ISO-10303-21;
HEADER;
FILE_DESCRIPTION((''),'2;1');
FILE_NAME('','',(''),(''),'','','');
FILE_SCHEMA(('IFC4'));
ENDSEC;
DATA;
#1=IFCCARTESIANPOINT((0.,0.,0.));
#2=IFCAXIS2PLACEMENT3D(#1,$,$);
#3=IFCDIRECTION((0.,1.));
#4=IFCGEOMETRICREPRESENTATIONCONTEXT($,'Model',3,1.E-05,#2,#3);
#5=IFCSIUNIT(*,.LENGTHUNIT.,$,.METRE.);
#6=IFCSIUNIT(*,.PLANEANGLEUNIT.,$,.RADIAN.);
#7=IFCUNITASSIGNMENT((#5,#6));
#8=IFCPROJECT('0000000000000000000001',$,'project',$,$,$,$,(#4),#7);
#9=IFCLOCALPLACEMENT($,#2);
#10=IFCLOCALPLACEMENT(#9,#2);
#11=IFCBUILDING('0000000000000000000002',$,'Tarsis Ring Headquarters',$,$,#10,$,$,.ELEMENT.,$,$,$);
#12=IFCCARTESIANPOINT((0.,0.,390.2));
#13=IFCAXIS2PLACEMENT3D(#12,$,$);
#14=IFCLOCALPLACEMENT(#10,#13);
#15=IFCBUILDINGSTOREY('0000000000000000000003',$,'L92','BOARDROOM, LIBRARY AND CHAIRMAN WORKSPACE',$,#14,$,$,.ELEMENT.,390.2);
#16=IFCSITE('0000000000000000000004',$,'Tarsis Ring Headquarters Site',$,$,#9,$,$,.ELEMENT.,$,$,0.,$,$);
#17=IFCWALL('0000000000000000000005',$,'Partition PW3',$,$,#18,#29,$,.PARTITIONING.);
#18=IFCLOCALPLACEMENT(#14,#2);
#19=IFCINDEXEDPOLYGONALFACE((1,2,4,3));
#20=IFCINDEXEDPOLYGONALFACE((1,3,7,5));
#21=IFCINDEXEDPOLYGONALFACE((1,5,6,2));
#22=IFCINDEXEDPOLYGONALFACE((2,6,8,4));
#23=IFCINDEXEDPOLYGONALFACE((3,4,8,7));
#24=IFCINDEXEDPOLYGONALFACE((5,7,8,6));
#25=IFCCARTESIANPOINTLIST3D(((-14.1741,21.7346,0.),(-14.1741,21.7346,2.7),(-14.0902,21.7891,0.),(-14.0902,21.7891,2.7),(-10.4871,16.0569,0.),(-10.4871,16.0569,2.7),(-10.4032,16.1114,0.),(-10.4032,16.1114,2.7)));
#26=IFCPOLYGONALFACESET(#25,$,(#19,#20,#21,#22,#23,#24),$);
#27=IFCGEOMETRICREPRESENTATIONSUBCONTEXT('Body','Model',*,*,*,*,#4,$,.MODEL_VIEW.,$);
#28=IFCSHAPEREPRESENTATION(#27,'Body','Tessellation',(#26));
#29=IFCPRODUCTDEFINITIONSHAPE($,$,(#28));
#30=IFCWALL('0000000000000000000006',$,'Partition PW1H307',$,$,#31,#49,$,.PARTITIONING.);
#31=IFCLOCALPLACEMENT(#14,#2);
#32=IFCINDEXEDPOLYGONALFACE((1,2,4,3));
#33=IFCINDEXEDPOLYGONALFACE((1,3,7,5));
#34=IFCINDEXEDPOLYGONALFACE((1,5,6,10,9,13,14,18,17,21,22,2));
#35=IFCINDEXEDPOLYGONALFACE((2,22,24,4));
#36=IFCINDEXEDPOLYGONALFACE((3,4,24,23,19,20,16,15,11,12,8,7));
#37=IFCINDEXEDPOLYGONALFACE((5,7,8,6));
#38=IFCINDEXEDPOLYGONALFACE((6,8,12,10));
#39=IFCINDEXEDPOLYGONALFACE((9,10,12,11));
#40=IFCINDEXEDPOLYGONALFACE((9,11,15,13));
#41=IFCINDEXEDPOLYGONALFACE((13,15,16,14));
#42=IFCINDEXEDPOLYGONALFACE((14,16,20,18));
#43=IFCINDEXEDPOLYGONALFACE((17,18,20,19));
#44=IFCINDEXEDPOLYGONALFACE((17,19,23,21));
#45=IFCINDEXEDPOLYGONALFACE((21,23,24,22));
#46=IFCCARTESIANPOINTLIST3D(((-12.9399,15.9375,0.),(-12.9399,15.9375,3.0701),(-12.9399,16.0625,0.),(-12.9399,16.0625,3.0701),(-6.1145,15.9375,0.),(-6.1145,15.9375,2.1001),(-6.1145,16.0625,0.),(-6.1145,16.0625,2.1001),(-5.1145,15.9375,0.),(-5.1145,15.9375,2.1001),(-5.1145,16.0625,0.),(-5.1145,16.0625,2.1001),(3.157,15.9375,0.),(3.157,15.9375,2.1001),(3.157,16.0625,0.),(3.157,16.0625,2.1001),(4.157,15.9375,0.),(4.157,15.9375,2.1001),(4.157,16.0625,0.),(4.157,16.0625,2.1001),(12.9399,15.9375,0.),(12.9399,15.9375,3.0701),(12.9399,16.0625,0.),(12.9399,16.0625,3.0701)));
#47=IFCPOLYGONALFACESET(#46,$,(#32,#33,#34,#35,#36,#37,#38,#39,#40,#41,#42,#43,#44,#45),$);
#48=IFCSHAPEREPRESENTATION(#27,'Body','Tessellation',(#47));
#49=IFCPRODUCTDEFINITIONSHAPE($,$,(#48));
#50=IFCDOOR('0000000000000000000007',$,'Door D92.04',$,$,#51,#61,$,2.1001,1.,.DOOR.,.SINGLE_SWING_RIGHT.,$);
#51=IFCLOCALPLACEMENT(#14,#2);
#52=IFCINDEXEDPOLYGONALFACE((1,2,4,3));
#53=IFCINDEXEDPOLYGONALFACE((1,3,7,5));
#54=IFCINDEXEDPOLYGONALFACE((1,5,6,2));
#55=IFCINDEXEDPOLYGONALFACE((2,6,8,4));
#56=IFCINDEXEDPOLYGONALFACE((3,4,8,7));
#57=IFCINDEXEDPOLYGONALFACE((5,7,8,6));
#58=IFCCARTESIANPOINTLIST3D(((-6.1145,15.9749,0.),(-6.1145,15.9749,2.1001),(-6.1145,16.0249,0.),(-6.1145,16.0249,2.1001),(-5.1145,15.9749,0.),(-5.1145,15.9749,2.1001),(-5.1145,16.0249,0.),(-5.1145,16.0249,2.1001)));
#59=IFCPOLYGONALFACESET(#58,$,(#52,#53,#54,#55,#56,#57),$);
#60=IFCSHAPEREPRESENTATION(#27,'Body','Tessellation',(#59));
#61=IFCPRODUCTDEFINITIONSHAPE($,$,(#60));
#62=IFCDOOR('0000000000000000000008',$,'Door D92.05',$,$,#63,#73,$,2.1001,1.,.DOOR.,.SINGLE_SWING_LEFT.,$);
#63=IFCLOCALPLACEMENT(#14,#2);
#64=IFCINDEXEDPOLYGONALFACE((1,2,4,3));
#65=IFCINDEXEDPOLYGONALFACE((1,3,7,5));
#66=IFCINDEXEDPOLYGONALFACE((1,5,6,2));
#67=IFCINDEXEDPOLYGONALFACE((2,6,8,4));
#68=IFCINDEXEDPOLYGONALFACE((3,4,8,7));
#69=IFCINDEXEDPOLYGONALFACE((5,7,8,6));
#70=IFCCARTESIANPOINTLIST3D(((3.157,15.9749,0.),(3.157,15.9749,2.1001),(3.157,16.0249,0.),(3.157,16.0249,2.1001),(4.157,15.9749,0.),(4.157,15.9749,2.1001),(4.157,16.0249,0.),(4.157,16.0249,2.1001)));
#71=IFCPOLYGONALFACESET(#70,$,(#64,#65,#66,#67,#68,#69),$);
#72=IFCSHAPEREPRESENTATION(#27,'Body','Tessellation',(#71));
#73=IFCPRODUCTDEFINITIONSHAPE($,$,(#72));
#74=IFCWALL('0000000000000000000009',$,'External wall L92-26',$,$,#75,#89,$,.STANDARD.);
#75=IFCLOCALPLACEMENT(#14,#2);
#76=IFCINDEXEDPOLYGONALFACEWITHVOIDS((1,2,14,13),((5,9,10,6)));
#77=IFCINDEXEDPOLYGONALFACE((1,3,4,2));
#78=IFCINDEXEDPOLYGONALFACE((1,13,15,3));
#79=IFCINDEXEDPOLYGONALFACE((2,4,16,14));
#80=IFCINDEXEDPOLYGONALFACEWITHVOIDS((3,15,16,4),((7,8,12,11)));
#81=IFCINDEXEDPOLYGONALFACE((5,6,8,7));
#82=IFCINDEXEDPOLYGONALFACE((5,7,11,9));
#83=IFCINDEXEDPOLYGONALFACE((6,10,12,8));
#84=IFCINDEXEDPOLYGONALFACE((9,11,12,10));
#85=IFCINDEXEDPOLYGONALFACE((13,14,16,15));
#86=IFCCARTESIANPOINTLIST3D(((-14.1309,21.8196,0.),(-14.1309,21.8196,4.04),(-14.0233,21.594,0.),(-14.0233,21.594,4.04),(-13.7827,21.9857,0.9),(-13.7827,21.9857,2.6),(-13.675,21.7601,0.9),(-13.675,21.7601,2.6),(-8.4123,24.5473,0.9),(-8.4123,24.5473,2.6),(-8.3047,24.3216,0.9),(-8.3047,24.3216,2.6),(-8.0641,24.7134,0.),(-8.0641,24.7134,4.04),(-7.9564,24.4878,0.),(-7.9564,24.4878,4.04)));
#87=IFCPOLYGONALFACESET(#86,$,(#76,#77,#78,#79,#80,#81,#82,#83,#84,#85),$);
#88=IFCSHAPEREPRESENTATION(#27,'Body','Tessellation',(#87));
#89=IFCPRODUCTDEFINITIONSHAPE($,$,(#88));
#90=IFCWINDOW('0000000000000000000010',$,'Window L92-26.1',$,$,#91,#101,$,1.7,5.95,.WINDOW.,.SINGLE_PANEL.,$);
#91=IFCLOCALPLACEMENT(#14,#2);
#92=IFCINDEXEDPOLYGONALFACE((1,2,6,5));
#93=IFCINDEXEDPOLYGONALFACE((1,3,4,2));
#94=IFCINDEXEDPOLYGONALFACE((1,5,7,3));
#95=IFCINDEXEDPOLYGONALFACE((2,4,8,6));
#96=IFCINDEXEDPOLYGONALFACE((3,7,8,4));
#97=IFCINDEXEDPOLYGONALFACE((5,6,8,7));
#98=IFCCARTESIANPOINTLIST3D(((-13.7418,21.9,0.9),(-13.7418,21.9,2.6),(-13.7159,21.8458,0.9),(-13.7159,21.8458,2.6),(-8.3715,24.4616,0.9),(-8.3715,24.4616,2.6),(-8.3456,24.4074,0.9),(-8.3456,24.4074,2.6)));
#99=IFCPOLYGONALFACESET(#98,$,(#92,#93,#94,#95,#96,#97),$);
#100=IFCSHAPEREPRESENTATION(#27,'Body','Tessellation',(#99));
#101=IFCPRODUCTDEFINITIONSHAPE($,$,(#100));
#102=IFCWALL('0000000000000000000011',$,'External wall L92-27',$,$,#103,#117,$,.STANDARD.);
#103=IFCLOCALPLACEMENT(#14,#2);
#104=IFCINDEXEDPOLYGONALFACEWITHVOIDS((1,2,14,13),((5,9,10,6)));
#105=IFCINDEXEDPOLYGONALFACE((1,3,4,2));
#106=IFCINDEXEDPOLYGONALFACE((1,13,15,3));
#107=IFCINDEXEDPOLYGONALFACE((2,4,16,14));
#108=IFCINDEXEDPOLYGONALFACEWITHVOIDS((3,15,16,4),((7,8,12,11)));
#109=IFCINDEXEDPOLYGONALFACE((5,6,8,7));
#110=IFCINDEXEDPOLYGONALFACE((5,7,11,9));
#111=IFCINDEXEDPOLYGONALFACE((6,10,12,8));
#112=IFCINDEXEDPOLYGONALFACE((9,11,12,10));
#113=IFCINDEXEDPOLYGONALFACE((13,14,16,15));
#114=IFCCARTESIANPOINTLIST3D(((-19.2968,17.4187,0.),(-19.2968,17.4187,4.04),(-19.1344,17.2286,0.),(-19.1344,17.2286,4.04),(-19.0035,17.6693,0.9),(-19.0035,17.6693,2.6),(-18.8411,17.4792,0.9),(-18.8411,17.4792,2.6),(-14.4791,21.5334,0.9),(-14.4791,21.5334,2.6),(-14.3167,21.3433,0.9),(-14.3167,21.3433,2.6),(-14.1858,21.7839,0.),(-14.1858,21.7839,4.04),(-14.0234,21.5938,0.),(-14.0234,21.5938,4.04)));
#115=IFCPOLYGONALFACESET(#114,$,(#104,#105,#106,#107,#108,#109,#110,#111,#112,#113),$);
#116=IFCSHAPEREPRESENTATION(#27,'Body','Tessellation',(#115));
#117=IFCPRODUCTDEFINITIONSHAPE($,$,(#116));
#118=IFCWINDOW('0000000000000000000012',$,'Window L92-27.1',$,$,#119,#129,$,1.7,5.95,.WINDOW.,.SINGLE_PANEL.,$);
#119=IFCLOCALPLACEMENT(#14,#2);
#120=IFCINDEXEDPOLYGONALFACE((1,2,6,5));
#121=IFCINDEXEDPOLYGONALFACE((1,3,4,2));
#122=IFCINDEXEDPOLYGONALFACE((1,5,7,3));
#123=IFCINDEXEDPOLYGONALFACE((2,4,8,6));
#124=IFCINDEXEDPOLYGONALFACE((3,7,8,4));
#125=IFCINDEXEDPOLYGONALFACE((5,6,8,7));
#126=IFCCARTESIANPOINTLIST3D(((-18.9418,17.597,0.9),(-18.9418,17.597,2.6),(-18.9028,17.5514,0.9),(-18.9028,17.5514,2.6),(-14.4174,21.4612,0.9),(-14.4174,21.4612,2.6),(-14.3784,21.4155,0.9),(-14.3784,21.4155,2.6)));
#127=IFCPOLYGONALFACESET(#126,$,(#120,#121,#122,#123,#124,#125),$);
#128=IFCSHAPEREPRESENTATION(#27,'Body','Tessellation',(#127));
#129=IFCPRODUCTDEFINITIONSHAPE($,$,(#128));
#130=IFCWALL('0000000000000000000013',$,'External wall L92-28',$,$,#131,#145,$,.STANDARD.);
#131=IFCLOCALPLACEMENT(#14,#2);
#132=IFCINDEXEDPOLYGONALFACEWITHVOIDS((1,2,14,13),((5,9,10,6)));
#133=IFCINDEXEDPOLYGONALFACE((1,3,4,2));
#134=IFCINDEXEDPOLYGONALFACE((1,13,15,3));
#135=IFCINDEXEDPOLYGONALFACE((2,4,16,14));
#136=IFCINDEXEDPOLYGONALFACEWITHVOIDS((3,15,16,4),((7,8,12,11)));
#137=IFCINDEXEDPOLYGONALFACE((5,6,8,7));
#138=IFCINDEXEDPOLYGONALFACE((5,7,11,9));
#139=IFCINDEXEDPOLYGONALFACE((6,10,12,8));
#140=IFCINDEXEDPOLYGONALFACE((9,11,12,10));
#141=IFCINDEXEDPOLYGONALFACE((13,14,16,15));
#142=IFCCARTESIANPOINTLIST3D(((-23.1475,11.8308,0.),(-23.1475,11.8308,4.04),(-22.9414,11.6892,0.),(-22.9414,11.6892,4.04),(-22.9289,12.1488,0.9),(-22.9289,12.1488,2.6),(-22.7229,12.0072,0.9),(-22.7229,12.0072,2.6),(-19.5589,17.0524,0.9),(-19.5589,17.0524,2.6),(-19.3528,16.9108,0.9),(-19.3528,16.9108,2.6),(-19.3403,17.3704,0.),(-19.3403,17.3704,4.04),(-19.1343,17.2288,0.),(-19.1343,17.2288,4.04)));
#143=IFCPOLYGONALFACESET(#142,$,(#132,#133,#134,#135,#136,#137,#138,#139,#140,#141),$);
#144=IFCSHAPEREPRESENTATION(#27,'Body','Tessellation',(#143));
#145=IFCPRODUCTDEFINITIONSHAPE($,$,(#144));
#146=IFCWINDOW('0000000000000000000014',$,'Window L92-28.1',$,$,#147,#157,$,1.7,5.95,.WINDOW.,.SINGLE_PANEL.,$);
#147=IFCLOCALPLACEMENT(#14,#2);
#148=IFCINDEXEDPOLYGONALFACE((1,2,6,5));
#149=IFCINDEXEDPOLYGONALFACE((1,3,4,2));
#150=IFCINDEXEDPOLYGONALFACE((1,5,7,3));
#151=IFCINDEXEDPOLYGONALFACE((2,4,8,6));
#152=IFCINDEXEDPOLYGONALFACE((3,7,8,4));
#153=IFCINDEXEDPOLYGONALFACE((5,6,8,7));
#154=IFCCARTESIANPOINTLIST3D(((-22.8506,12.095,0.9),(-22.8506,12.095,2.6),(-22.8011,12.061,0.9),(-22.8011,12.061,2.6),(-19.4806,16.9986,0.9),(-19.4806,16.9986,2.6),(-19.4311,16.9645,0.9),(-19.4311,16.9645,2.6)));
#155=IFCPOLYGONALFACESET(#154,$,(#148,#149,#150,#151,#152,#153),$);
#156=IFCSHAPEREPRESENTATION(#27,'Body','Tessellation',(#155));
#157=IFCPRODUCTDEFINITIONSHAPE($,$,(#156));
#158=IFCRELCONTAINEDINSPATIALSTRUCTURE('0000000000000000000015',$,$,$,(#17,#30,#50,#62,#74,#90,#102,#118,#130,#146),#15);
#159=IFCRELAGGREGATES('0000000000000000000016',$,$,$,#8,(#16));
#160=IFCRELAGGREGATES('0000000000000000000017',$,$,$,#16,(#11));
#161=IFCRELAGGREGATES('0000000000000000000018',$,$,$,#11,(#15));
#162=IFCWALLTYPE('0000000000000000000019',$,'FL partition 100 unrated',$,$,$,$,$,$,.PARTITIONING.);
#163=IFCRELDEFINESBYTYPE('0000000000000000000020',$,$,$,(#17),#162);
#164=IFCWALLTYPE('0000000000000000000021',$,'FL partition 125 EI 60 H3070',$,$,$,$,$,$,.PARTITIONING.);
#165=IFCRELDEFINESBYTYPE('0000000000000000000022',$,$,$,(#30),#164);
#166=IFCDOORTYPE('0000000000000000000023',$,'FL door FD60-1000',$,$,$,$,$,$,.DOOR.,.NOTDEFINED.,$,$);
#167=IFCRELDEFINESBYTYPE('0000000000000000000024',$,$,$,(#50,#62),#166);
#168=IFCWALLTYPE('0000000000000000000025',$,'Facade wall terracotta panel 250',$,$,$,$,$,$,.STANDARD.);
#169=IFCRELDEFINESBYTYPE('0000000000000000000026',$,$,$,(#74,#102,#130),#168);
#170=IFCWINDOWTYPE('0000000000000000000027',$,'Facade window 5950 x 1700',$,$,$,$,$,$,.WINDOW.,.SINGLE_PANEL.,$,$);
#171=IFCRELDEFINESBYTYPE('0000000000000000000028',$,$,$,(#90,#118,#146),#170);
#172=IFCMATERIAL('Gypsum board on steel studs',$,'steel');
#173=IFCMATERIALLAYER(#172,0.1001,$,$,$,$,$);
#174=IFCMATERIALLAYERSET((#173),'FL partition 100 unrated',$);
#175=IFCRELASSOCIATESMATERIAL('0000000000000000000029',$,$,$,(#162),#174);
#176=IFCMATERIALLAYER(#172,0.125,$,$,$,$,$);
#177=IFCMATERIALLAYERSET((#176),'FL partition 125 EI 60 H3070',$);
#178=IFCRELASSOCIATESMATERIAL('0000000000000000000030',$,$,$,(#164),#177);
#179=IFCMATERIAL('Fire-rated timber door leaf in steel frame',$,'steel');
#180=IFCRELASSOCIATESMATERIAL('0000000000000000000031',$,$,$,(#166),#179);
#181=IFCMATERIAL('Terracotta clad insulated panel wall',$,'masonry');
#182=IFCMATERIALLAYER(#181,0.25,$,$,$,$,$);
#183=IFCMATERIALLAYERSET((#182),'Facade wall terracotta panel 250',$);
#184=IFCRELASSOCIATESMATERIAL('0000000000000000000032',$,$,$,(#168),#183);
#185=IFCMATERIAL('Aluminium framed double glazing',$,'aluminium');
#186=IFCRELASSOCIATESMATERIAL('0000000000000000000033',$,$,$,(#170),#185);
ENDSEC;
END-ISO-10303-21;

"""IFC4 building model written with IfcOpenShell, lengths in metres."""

from ifc_helpers import new_model, si_unit, direction, frame, frame_2d, origin, place, context, subcontext, project, spatial, rectangle, extrude, material, layer, layer_set, type_object, element, fill, save


model = new_model("IFC4")

# Units and contexts
model_context = context("Model", 3, precision=1e-05, world=origin(), true_north=direction((0.0, 1.0)))
body_context = subcontext(model_context, "Body", "Model", "MODEL_VIEW")
ifc_project = project(units=[si_unit("LENGTHUNIT", "METRE"), si_unit("PLANEANGLEUNIT", "RADIAN")], contexts=[model_context])

# Site, building, storey
site_placement = place(None, origin())
site = spatial("IfcSite", under=ifc_project, at=site_placement, Name="Tarsis Ring Headquarters Site", CompositionType="ELEMENT", RefElevation=0.0)
building_placement = place(site_placement, origin())
building = spatial("IfcBuilding", under=site, at=building_placement, Name="Tarsis Ring Headquarters", CompositionType="ELEMENT")
storey_placement = place(building_placement, frame((0.0, 0.0, 390.2)))
storey = spatial("IfcBuildingStorey", under=building, at=storey_placement, Name="L92", Description="BOARDROOM, LIBRARY AND CHAIRMAN WORKSPACE", CompositionType="ELEMENT", Elevation=390.2)

# Wall
ifc_material_1 = material(Name="Gypsum board on steel studs", Category="steel")
ifc_layer_1 = layer(ifc_material_1, 0.1001)
ifc_layer_set_1 = layer_set([ifc_layer_1], Name="FL partition 100 unrated")
wall_type_1 = type_object("IfcWallType", Name="FL partition 100 unrated", PredefinedType="PARTITIONING", material=ifc_layer_set_1)
wall_1_placement = place(storey_placement, frame((-14.1321, 21.7617, 0.0), z_axis=(0.0, 0.0, 1.0), x_axis=(0.544623, -0.838681, 0.0)))
element("IfcWall", 1, at=wall_1_placement, inside=storey, type_object=wall_type_1, Name="Partition PW3", PredefinedType="PARTITIONING", context=body_context, shape_type="SweptSolid", body=[
    extrude(rectangle(XDim=6.7698, YDim=0.1001, at=frame_2d((3.3848, 0.0))), origin(), (0.0, 0.0, 1.0), 2.7),
])

# Wall, openings, doors
ifc_layer_2 = layer(ifc_material_1, 0.125)
ifc_layer_set_2 = layer_set([ifc_layer_2], Name="FL partition 125 EI 60 H3070")
wall_type_2 = type_object("IfcWallType", Name="FL partition 125 EI 60 H3070", PredefinedType="PARTITIONING", material=ifc_layer_set_2)
wall_2_placement = place(storey_placement, frame((-12.9399, 16.0, 0.0), z_axis=(0.0, 0.0, 1.0), x_axis=(1.0, 0.0, 0.0)))
wall_2 = element("IfcWall", 2, at=wall_2_placement, inside=storey, type_object=wall_type_2, Name="Partition PW1H307", PredefinedType="PARTITIONING", context=body_context, shape_type="SweptSolid", body=[
    extrude(rectangle(XDim=25.8799, YDim=0.125, at=frame_2d((12.9399, 0.0))), origin(), (0.0, 0.0, 1.0), 3.0701),
])
opening_1_placement = place(wall_2_placement, frame((6.8254, 0.0, 0.0)))
opening_1 = element("IfcOpeningElement", 3, at=opening_1_placement, cuts=wall_2, PredefinedType="OPENING", context=body_context, shape_type="SweptSolid", body=[
    extrude(rectangle(XDim=1.0, YDim=2.1001, at=frame_2d((0.5, 1.05))), frame((0.0, 0.0725, 0.0), z_axis=(0.0, -1.0, 0.0), x_axis=(1.0, 0.0, 0.0)), (0.0, 0.0, 1.0), 0.145),
])
opening_2_placement = place(wall_2_placement, frame((16.0969, 0.0, 0.0)))
opening_2 = element("IfcOpeningElement", 4, at=opening_2_placement, cuts=wall_2, PredefinedType="OPENING", context=body_context, shape_type="SweptSolid", body=[
    extrude(rectangle(XDim=1.0, YDim=2.1001, at=frame_2d((0.5, 1.05))), frame((0.0, 0.0725, 0.0), z_axis=(0.0, -1.0, 0.0), x_axis=(1.0, 0.0, 0.0)), (0.0, 0.0, 1.0), 0.145),
])
ifc_material_2 = material(Name="Fire-rated timber door leaf in steel frame", Category="steel")
door_type = type_object("IfcDoorType", Name="FL door FD60-1000", OperationType="NOTDEFINED", PredefinedType="DOOR", material=ifc_material_2)
door_1_placement = place(opening_1_placement, origin())
door_1 = element("IfcDoor", 5, at=door_1_placement, inside=storey, type_object=door_type, Name="Door D92.04", OperationType="SINGLE_SWING_RIGHT", OverallHeight=2.1001, OverallWidth=1.0, PredefinedType="DOOR", context=body_context, shape_type="SweptSolid", body=[
    extrude(rectangle(XDim=1.0, YDim=2.1001, at=frame_2d((0.5, 1.05))), frame((0.0, 0.0249, 0.0), z_axis=(0.0, -1.0, 0.0), x_axis=(1.0, 0.0, 0.0)), (0.0, 0.0, 1.0), 0.05),
])
fill(opening_1, door_1)
door_2_placement = place(opening_2_placement, origin())
door_2 = element("IfcDoor", 6, at=door_2_placement, inside=storey, type_object=door_type, Name="Door D92.05", OperationType="SINGLE_SWING_LEFT", OverallHeight=2.1001, OverallWidth=1.0, PredefinedType="DOOR", context=body_context, shape_type="SweptSolid", body=[
    extrude(rectangle(XDim=1.0, YDim=2.1001, at=frame_2d((0.5, 1.05))), frame((0.0, 0.0249, 0.0), z_axis=(0.0, -1.0, 0.0), x_axis=(1.0, 0.0, 0.0)), (0.0, 0.0, 1.0), 0.05),
])
fill(opening_2, door_2)

# Walls, openings, windows
ifc_material_3 = material(Name="Terracotta clad insulated panel wall", Category="masonry")
ifc_layer_3 = layer(ifc_material_3, 0.25)
ifc_layer_set_3 = layer_set([ifc_layer_3], Name="Facade wall terracotta panel 250")
wall_type_3 = type_object("IfcWallType", Name="Facade wall terracotta panel 250", PredefinedType="STANDARD", material=ifc_layer_set_3)
wall_3_placement = place(storey_placement, frame((-8.0103, 24.6006, 0.0), z_axis=(0.0, 0.0, 1.0), x_axis=(-0.902583, -0.430516, 0.0)))
wall_3 = element("IfcWall", 7, at=wall_3_placement, inside=storey, type_object=wall_type_3, Name="External wall L92-26", PredefinedType="STANDARD", context=body_context, shape_type="SweptSolid", body=[
    extrude(rectangle(XDim=6.7217, YDim=0.25, at=frame_2d((3.3608, 0.0))), origin(), (0.0, 0.0, 1.0), 4.04),
])
opening_3_placement = place(wall_3_placement, frame((0.3857, 0.0, 0.8999)))
opening_3 = element("IfcOpeningElement", 8, at=opening_3_placement, cuts=wall_3, PredefinedType="OPENING", context=body_context, shape_type="SweptSolid", body=[
    extrude(rectangle(XDim=5.95, YDim=1.7, at=frame_2d((2.9751, 0.8501))), frame((0.0, 0.135, 0.0), z_axis=(0.0, -1.0, 0.0), x_axis=(1.0, 0.0, 0.0)), (0.0, 0.0, 1.0), 0.27),
])
ifc_material_4 = material(Name="Aluminium framed double glazing", Category="aluminium")
window_type = type_object("IfcWindowType", Name="Facade window 5950 x 1700", PartitioningType="SINGLE_PANEL", PredefinedType="WINDOW", material=ifc_material_4)
window_1_placement = place(opening_3_placement, origin())
window_1 = element("IfcWindow", 9, at=window_1_placement, inside=storey, type_object=window_type, Name="Window L92-26.1", OverallHeight=1.7, OverallWidth=5.95, PartitioningType="SINGLE_PANEL", PredefinedType="WINDOW", context=body_context, shape_type="SweptSolid", body=[
    extrude(rectangle(XDim=5.95, YDim=1.7, at=frame_2d((2.9751, 0.8501))), frame((0.0, 0.03, 0.0), z_axis=(0.0, -1.0, 0.0), x_axis=(1.0, 0.0, 0.0)), (0.0, 0.0, 1.0), 0.0601),
])
fill(opening_3, window_1)
wall_4_placement = place(storey_placement, frame((-14.1045, 21.689, 0.0), z_axis=(0.0, 0.0, 1.0), x_axis=(-0.760409, -0.649444, 0.0)))
wall_4 = element("IfcWall", 10, at=wall_4_placement, inside=storey, type_object=wall_type_3, Name="External wall L92-27", PredefinedType="STANDARD", context=body_context, shape_type="SweptSolid", body=[
    extrude(rectangle(XDim=6.7214, YDim=0.25, at=frame_2d((3.3608, 0.0))), origin(), (0.0, 0.0, 1.0), 4.04),
])
opening_4_placement = place(wall_4_placement, frame((0.3857, 0.0, 0.8999)))
opening_4 = element("IfcOpeningElement", 11, at=opening_4_placement, cuts=wall_4, PredefinedType="OPENING", context=body_context, shape_type="SweptSolid", body=[
    extrude(rectangle(XDim=5.95, YDim=1.7, at=frame_2d((2.9751, 0.8501))), frame((0.0, 0.135, 0.0), z_axis=(0.0, -1.0, 0.0), x_axis=(1.0, 0.0, 0.0)), (0.0, 0.0, 1.0), 0.27),
])
window_2_placement = place(opening_4_placement, origin())
window_2 = element("IfcWindow", 12, at=window_2_placement, inside=storey, type_object=window_type, Name="Window L92-27.1", OverallHeight=1.7, OverallWidth=5.95, PartitioningType="SINGLE_PANEL", PredefinedType="WINDOW", context=body_context, shape_type="SweptSolid", body=[
    extrude(rectangle(XDim=5.95, YDim=1.7, at=frame_2d((2.9751, 0.8501))), frame((0.0, 0.03, 0.0), z_axis=(0.0, -1.0, 0.0), x_axis=(1.0, 0.0, 0.0)), (0.0, 0.0, 1.0), 0.0601),
])
fill(opening_4, window_2)
wall_5_placement = place(storey_placement, frame((-19.2373, 17.2996, 0.0), z_axis=(0.0, 0.0, 1.0), x_axis=(-0.566396, -0.824133, 0.0)))
wall_5 = element("IfcWall", 13, at=wall_5_placement, inside=storey, type_object=wall_type_3, Name="External wall L92-28", PredefinedType="STANDARD", context=body_context, shape_type="SweptSolid", body=[
    extrude(rectangle(XDim=6.7217, YDim=0.25, at=frame_2d((3.3608, 0.0))), origin(), (0.0, 0.0, 1.0), 4.04),
])
opening_5_placement = place(wall_5_placement, frame((0.3857, 0.0, 0.8999)))
opening_5 = element("IfcOpeningElement", 14, at=opening_5_placement, cuts=wall_5, PredefinedType="OPENING", context=body_context, shape_type="SweptSolid", body=[
    extrude(rectangle(XDim=5.95, YDim=1.7, at=frame_2d((2.9751, 0.8501))), frame((0.0, 0.135, 0.0), z_axis=(0.0, -1.0, 0.0), x_axis=(1.0, 0.0, 0.0)), (0.0, 0.0, 1.0), 0.27),
])
window_3_placement = place(opening_5_placement, origin())
window_3 = element("IfcWindow", 15, at=window_3_placement, inside=storey, type_object=window_type, Name="Window L92-28.1", OverallHeight=1.7, OverallWidth=5.95, PartitioningType="SINGLE_PANEL", PredefinedType="WINDOW", context=body_context, shape_type="SweptSolid", body=[
    extrude(rectangle(XDim=5.95, YDim=1.7, at=frame_2d((2.9751, 0.8501))), frame((0.0, 0.03, 0.0), z_axis=(0.0, -1.0, 0.0), x_axis=(1.0, 0.0, 0.0)), (0.0, 0.0, 1.0), 0.0601),
])
fill(opening_5, window_3)

save(model, "model.ifc")
